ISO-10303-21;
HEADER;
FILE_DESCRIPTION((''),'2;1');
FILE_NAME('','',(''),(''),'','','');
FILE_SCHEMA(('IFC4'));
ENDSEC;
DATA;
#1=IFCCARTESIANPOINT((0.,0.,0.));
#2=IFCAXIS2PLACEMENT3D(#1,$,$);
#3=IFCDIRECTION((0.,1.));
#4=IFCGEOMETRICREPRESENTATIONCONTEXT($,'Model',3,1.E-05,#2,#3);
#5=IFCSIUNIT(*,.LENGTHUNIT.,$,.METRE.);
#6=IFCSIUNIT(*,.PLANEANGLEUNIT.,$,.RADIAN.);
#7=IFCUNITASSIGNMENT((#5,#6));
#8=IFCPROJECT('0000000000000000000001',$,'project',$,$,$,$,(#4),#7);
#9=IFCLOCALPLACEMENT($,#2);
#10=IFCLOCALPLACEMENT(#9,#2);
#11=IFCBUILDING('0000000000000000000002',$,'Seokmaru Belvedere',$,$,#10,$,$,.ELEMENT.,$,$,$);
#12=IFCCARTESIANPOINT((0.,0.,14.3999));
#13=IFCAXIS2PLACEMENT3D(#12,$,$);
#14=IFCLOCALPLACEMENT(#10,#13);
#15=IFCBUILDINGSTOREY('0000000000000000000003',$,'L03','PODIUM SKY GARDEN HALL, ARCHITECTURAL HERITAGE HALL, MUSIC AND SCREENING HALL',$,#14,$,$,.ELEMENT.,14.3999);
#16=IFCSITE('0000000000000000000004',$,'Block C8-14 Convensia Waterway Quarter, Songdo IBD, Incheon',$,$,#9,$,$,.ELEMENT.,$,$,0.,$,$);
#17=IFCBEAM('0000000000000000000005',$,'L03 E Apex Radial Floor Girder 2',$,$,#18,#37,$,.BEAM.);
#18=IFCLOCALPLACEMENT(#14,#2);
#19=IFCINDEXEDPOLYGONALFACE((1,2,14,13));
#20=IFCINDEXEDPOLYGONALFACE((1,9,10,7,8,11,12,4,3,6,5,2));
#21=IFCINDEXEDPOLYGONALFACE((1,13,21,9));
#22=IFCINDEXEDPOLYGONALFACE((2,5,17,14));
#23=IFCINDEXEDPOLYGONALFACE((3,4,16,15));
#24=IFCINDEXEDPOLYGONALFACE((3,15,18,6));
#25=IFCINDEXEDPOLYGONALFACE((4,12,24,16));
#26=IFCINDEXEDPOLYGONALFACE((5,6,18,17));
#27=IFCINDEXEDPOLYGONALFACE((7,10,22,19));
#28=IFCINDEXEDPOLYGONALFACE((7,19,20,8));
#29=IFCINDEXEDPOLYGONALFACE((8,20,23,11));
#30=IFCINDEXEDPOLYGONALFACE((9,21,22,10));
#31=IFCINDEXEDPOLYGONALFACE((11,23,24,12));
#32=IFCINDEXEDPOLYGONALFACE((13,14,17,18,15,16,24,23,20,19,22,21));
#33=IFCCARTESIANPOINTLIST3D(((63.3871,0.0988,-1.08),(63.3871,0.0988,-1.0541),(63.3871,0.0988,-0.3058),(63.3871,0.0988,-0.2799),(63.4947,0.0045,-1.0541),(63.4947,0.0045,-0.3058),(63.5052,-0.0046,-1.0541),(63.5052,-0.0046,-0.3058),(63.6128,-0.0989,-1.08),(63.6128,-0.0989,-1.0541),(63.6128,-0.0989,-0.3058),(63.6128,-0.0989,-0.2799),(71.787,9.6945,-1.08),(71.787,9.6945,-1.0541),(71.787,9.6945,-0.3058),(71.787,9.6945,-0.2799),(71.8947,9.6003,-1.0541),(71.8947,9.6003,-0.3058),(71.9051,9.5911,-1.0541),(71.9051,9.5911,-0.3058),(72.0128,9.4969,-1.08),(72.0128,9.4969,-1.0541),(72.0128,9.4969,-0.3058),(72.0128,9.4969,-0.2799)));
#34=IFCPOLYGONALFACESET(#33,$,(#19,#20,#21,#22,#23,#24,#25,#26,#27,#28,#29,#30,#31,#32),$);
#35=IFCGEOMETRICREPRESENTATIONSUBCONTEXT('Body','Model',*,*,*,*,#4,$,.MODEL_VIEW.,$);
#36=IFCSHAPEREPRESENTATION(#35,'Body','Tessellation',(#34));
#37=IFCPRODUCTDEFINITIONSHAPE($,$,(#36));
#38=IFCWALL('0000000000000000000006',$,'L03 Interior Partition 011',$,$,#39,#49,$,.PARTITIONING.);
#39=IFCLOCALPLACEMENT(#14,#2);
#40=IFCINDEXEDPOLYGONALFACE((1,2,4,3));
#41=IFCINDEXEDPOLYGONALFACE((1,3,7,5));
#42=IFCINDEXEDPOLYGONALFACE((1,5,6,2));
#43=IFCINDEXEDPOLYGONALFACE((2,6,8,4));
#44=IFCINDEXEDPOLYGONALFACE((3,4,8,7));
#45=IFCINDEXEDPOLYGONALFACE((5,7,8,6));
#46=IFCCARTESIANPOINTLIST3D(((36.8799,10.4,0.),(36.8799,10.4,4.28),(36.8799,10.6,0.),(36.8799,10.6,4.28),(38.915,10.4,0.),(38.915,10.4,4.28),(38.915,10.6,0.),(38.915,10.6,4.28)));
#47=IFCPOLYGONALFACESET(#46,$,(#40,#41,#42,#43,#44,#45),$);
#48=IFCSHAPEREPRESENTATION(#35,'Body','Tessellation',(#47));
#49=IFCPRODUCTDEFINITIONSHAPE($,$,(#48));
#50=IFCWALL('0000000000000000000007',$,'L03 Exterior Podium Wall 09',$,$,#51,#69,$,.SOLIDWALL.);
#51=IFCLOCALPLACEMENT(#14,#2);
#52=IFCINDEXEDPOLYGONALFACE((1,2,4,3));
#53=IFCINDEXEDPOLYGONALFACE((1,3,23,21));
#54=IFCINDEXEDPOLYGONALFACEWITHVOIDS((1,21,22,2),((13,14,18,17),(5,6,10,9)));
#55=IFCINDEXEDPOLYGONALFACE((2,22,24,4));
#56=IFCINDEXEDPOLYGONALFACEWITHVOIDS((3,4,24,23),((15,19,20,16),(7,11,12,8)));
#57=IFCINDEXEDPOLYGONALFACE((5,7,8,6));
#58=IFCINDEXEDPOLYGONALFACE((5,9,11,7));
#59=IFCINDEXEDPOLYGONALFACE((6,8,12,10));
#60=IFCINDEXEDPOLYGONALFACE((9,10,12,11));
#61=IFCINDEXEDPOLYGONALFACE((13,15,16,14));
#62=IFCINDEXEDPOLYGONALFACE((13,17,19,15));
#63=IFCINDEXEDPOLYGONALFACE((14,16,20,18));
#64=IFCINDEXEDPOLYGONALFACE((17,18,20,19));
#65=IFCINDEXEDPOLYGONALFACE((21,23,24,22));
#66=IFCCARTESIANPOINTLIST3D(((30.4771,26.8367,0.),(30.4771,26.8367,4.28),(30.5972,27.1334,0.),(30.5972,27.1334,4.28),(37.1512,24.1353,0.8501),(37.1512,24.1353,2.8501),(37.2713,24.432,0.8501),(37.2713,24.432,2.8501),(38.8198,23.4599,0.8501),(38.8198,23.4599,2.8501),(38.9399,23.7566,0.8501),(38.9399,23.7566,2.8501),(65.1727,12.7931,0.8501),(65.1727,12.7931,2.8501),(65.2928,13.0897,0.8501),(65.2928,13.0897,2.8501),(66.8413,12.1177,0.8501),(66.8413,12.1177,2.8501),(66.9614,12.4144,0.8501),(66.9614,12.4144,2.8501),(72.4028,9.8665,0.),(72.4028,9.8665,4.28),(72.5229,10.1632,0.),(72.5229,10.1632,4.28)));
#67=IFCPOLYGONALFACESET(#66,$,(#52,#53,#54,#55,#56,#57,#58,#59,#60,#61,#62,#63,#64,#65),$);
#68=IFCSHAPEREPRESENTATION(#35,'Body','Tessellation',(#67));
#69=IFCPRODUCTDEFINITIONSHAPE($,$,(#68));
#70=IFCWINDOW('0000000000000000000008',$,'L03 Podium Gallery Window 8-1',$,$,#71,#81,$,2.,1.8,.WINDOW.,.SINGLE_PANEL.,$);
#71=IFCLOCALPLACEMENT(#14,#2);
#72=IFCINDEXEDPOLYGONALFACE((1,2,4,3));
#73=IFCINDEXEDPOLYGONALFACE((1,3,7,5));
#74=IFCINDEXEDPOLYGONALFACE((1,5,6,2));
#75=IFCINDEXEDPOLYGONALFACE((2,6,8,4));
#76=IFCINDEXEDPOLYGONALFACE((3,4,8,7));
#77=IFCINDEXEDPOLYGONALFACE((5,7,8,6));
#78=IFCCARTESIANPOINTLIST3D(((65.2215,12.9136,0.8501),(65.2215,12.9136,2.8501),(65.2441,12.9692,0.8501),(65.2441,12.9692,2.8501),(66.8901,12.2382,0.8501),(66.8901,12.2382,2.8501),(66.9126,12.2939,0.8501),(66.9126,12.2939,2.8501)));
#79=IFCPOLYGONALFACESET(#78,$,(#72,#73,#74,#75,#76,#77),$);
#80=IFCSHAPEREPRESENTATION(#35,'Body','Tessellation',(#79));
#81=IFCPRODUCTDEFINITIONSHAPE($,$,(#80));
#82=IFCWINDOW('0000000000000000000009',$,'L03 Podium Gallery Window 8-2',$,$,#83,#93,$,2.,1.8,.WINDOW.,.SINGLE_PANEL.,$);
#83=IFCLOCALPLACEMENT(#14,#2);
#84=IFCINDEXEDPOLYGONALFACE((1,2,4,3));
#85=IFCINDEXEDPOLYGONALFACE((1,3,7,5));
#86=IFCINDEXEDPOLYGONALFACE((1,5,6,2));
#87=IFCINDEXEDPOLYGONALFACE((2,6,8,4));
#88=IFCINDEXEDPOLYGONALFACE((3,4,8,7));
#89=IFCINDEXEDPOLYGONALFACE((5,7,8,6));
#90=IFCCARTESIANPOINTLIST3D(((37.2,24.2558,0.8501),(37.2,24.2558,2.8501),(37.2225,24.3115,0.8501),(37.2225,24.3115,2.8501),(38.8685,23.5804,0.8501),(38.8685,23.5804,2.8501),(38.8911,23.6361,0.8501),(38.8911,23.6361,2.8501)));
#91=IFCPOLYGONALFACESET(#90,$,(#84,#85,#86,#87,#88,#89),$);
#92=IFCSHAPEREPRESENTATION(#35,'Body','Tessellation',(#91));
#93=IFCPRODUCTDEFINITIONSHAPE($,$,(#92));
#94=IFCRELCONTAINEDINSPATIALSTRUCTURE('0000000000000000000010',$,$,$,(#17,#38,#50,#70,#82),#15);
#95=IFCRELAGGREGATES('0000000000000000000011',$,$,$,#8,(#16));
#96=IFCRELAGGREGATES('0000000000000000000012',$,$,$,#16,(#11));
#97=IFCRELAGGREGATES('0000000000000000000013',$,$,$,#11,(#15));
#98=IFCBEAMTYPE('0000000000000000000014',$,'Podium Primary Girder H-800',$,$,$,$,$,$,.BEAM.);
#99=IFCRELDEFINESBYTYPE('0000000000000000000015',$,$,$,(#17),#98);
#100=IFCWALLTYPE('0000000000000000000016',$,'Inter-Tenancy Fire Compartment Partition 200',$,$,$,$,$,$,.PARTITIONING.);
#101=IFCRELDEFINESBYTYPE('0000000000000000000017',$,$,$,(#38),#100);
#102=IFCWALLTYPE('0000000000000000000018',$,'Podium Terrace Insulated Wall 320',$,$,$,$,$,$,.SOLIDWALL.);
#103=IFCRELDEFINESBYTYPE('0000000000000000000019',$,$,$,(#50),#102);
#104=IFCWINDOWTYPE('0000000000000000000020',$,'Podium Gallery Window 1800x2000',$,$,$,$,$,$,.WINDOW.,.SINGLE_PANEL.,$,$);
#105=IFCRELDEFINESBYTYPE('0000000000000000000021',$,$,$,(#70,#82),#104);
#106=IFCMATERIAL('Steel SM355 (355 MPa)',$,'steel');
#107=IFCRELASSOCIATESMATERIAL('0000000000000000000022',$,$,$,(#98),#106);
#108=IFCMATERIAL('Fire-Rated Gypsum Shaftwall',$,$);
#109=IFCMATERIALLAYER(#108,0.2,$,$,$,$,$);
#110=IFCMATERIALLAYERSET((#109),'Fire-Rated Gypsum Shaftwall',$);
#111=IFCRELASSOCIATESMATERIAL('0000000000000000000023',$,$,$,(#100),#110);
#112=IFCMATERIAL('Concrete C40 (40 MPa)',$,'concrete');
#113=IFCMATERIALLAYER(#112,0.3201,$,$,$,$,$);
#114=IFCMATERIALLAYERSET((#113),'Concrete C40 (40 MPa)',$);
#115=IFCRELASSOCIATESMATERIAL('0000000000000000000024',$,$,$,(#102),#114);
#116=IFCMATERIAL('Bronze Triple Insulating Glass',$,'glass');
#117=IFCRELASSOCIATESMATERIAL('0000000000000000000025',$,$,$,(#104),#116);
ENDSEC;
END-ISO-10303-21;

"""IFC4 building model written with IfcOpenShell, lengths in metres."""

from ifc_helpers import new_model, si_unit, direction, frame, frame_2d, origin, origin_2d, place, context, subcontext, project, spatial, rectangle, i_section, extrude, source, transform, mapped, material, layer, layer_set, material_profile, profile_set, type_object, type_shapes, element, fill, save


model = new_model("IFC4")

# Units and contexts
model_context = context("Model", 3, precision=1e-05, world=origin(), true_north=direction((0.0, 1.0)))
body_context = subcontext(model_context, "Body", "Model", "MODEL_VIEW")
ifc_project = project(units=[si_unit("LENGTHUNIT", "METRE"), si_unit("PLANEANGLEUNIT", "RADIAN")], contexts=[model_context])

# Site, building, storey
site_placement = place(None, origin())
site = spatial("IfcSite", under=ifc_project, at=site_placement, Name="Block C8-14 Convensia Waterway Quarter, Songdo IBD, Incheon", CompositionType="ELEMENT", RefElevation=0.0)
building_placement = place(site_placement, origin())
building = spatial("IfcBuilding", under=site, at=building_placement, Name="Seokmaru Belvedere", CompositionType="ELEMENT")
storey_placement = place(building_placement, frame((0.0, 0.0, 14.3999)))
storey = spatial("IfcBuildingStorey", under=building, at=storey_placement, Name="L03", Description="PODIUM SKY GARDEN HALL, ARCHITECTURAL HERITAGE HALL, MUSIC AND SCREENING HALL", CompositionType="ELEMENT", Elevation=14.3999)

# Shared definitions
ifc_material_1 = material(Name="Steel SM355 (355 MPa)", Category="steel")

# Beam
ifc_material_profile_1 = material_profile(ifc_material_1, i_section(OverallWidth=0.3, OverallDepth=0.8, WebThickness=0.0139, FlangeThickness=0.0259, at=origin_2d()), Name="H-800x300x14x26")
ifc_profile_set_1 = profile_set([ifc_material_profile_1], Name="Steel SM355 (355 MPa)")
beam_type_1 = type_object("IfcBeamType", Name="Podium Primary Girder H-800", PredefinedType="BEAM", material=ifc_profile_set_1)
shared_shape_1 = source(origin(), body_context, "Body", "SweptSolid", [
    extrude(i_section(OverallWidth=0.3, OverallDepth=0.8, WebThickness=0.0139, FlangeThickness=0.0259, at=origin_2d()), origin(), (0.0, 0.0, 1.0), 12.7529),
])
beam_1_placement = place(storey_placement, frame((71.8999, 9.5957, -0.6799), z_axis=(-0.658667, -0.752434, 0.0), x_axis=(0.752434, -0.658667, 0.0)))
element("IfcBeam", 1, at=beam_1_placement, inside=storey, type_object=beam_type_1, Name="L03 E Apex Radial Floor Girder 2", PredefinedType="BEAM", context=body_context, shape_type="MappedRepresentation", body=[
    mapped(shared_shape_1, transform((0.0, 0.0, 0.0), scale=1.0)),
])

# Wall
ifc_material_2 = material(Name="Fire-Rated Gypsum Shaftwall")
ifc_layer_1 = layer(ifc_material_2, 0.2)
ifc_layer_set_1 = layer_set([ifc_layer_1], Name="Fire-Rated Gypsum Shaftwall")
wall_type_1 = type_object("IfcWallType", Name="Inter-Tenancy Fire Compartment Partition 200", PredefinedType="PARTITIONING", material=ifc_layer_set_1)
wall_1_placement = place(storey_placement, frame((36.8799, 10.5, 0.0), z_axis=(0.0, 0.0, 1.0), x_axis=(1.0, 0.0, 0.0)))
element("IfcWall", 2, at=wall_1_placement, inside=storey, type_object=wall_type_1, Name="L03 Interior Partition 011", PredefinedType="PARTITIONING", context=body_context, shape_type="SweptSolid", body=[
    extrude(rectangle(XDim=2.0352, YDim=0.2, at=frame_2d((1.0176, 0.0))), origin(), (0.0, 0.0, 1.0), 4.28),
])

# Wall, openings, windows
ifc_material_3 = material(Name="Concrete C40 (40 MPa)", Category="concrete")
ifc_layer_2 = layer(ifc_material_3, 0.3201)
ifc_layer_set_2 = layer_set([ifc_layer_2], Name="Concrete C40 (40 MPa)")
wall_type_2 = type_object("IfcWallType", Name="Podium Terrace Insulated Wall 320", PredefinedType="SOLIDWALL", material=ifc_layer_set_2)
wall_2_placement = place(storey_placement, frame((72.4629, 10.0149, 0.0), z_axis=(0.0, 0.0, 1.0), x_axis=(-0.926945, 0.375198, 0.0)))
wall_2 = element("IfcWall", 3, at=wall_2_placement, inside=storey, type_object=wall_type_2, Name="L03 Exterior Podium Wall 09", PredefinedType="SOLIDWALL", context=body_context, shape_type="SweptSolid", body=[
    extrude(rectangle(XDim=45.23, YDim=0.3201, at=frame_2d((22.615, 0.0))), origin(), (0.0, 0.0, 1.0), 4.28),
])
opening_1_placement = place(wall_2_placement, frame((6.0, 0.0, 0.8501)))
opening_1 = element("IfcOpeningElement", 4, at=opening_1_placement, cuts=wall_2, PredefinedType="OPENING", context=body_context, shape_type="SweptSolid", body=[
    extrude(rectangle(XDim=1.8, YDim=2.0, at=frame_2d((0.8999, 1.0))), frame((0.0, 0.1699, 0.0), z_axis=(0.0, -1.0, 0.0), x_axis=(1.0, 0.0, 0.0)), (0.0, 0.0, 1.0), 0.3401),
])
opening_2_placement = place(wall_2_placement, frame((36.23, 0.0, 0.8501)))
opening_2 = element("IfcOpeningElement", 5, at=opening_2_placement, cuts=wall_2, PredefinedType="OPENING", context=body_context, shape_type="SweptSolid", body=[
    extrude(rectangle(XDim=1.8, YDim=2.0, at=frame_2d((0.8999, 1.0))), frame((0.0, 0.1699, 0.0), z_axis=(0.0, -1.0, 0.0), x_axis=(1.0, 0.0, 0.0)), (0.0, 0.0, 1.0), 0.3401),
])
ifc_material_4 = material(Name="Bronze Triple Insulating Glass", Category="glass")
window_type = type_object("IfcWindowType", Name="Podium Gallery Window 1800x2000", PartitioningType="SINGLE_PANEL", PredefinedType="WINDOW", material=ifc_material_4)
shared_shape_2 = source(origin(), body_context, "Body", "SweptSolid", [
    extrude(rectangle(XDim=1.8, YDim=2.0, at=frame_2d((0.8999, 1.0))), frame((0.0, 0.03, 0.0), z_axis=(0.0, -1.0, 0.0), x_axis=(1.0, 0.0, 0.0)), (0.0, 0.0, 1.0), 0.0601),
])
type_shapes(window_type, [shared_shape_2])
window_1_placement = place(opening_1_placement, origin())
window_1 = element("IfcWindow", 6, at=window_1_placement, inside=storey, type_object=window_type, Name="L03 Podium Gallery Window 8-1", OverallHeight=2.0, OverallWidth=1.8, PartitioningType="SINGLE_PANEL", PredefinedType="WINDOW", context=body_context, shape_type="MappedRepresentation", body=[
    mapped(shared_shape_2, transform((0.0, 0.0, 0.0), scale=1.0)),
])
fill(opening_1, window_1)
window_2_placement = place(opening_2_placement, origin())
window_2 = element("IfcWindow", 7, at=window_2_placement, inside=storey, type_object=window_type, Name="L03 Podium Gallery Window 8-2", OverallHeight=2.0, OverallWidth=1.8, PartitioningType="SINGLE_PANEL", PredefinedType="WINDOW", context=body_context, shape_type="MappedRepresentation", body=[
    mapped(shared_shape_2, transform((0.0, 0.0, 0.0), scale=1.0)),
])
fill(opening_2, window_2)

save(model, "model.ifc")
